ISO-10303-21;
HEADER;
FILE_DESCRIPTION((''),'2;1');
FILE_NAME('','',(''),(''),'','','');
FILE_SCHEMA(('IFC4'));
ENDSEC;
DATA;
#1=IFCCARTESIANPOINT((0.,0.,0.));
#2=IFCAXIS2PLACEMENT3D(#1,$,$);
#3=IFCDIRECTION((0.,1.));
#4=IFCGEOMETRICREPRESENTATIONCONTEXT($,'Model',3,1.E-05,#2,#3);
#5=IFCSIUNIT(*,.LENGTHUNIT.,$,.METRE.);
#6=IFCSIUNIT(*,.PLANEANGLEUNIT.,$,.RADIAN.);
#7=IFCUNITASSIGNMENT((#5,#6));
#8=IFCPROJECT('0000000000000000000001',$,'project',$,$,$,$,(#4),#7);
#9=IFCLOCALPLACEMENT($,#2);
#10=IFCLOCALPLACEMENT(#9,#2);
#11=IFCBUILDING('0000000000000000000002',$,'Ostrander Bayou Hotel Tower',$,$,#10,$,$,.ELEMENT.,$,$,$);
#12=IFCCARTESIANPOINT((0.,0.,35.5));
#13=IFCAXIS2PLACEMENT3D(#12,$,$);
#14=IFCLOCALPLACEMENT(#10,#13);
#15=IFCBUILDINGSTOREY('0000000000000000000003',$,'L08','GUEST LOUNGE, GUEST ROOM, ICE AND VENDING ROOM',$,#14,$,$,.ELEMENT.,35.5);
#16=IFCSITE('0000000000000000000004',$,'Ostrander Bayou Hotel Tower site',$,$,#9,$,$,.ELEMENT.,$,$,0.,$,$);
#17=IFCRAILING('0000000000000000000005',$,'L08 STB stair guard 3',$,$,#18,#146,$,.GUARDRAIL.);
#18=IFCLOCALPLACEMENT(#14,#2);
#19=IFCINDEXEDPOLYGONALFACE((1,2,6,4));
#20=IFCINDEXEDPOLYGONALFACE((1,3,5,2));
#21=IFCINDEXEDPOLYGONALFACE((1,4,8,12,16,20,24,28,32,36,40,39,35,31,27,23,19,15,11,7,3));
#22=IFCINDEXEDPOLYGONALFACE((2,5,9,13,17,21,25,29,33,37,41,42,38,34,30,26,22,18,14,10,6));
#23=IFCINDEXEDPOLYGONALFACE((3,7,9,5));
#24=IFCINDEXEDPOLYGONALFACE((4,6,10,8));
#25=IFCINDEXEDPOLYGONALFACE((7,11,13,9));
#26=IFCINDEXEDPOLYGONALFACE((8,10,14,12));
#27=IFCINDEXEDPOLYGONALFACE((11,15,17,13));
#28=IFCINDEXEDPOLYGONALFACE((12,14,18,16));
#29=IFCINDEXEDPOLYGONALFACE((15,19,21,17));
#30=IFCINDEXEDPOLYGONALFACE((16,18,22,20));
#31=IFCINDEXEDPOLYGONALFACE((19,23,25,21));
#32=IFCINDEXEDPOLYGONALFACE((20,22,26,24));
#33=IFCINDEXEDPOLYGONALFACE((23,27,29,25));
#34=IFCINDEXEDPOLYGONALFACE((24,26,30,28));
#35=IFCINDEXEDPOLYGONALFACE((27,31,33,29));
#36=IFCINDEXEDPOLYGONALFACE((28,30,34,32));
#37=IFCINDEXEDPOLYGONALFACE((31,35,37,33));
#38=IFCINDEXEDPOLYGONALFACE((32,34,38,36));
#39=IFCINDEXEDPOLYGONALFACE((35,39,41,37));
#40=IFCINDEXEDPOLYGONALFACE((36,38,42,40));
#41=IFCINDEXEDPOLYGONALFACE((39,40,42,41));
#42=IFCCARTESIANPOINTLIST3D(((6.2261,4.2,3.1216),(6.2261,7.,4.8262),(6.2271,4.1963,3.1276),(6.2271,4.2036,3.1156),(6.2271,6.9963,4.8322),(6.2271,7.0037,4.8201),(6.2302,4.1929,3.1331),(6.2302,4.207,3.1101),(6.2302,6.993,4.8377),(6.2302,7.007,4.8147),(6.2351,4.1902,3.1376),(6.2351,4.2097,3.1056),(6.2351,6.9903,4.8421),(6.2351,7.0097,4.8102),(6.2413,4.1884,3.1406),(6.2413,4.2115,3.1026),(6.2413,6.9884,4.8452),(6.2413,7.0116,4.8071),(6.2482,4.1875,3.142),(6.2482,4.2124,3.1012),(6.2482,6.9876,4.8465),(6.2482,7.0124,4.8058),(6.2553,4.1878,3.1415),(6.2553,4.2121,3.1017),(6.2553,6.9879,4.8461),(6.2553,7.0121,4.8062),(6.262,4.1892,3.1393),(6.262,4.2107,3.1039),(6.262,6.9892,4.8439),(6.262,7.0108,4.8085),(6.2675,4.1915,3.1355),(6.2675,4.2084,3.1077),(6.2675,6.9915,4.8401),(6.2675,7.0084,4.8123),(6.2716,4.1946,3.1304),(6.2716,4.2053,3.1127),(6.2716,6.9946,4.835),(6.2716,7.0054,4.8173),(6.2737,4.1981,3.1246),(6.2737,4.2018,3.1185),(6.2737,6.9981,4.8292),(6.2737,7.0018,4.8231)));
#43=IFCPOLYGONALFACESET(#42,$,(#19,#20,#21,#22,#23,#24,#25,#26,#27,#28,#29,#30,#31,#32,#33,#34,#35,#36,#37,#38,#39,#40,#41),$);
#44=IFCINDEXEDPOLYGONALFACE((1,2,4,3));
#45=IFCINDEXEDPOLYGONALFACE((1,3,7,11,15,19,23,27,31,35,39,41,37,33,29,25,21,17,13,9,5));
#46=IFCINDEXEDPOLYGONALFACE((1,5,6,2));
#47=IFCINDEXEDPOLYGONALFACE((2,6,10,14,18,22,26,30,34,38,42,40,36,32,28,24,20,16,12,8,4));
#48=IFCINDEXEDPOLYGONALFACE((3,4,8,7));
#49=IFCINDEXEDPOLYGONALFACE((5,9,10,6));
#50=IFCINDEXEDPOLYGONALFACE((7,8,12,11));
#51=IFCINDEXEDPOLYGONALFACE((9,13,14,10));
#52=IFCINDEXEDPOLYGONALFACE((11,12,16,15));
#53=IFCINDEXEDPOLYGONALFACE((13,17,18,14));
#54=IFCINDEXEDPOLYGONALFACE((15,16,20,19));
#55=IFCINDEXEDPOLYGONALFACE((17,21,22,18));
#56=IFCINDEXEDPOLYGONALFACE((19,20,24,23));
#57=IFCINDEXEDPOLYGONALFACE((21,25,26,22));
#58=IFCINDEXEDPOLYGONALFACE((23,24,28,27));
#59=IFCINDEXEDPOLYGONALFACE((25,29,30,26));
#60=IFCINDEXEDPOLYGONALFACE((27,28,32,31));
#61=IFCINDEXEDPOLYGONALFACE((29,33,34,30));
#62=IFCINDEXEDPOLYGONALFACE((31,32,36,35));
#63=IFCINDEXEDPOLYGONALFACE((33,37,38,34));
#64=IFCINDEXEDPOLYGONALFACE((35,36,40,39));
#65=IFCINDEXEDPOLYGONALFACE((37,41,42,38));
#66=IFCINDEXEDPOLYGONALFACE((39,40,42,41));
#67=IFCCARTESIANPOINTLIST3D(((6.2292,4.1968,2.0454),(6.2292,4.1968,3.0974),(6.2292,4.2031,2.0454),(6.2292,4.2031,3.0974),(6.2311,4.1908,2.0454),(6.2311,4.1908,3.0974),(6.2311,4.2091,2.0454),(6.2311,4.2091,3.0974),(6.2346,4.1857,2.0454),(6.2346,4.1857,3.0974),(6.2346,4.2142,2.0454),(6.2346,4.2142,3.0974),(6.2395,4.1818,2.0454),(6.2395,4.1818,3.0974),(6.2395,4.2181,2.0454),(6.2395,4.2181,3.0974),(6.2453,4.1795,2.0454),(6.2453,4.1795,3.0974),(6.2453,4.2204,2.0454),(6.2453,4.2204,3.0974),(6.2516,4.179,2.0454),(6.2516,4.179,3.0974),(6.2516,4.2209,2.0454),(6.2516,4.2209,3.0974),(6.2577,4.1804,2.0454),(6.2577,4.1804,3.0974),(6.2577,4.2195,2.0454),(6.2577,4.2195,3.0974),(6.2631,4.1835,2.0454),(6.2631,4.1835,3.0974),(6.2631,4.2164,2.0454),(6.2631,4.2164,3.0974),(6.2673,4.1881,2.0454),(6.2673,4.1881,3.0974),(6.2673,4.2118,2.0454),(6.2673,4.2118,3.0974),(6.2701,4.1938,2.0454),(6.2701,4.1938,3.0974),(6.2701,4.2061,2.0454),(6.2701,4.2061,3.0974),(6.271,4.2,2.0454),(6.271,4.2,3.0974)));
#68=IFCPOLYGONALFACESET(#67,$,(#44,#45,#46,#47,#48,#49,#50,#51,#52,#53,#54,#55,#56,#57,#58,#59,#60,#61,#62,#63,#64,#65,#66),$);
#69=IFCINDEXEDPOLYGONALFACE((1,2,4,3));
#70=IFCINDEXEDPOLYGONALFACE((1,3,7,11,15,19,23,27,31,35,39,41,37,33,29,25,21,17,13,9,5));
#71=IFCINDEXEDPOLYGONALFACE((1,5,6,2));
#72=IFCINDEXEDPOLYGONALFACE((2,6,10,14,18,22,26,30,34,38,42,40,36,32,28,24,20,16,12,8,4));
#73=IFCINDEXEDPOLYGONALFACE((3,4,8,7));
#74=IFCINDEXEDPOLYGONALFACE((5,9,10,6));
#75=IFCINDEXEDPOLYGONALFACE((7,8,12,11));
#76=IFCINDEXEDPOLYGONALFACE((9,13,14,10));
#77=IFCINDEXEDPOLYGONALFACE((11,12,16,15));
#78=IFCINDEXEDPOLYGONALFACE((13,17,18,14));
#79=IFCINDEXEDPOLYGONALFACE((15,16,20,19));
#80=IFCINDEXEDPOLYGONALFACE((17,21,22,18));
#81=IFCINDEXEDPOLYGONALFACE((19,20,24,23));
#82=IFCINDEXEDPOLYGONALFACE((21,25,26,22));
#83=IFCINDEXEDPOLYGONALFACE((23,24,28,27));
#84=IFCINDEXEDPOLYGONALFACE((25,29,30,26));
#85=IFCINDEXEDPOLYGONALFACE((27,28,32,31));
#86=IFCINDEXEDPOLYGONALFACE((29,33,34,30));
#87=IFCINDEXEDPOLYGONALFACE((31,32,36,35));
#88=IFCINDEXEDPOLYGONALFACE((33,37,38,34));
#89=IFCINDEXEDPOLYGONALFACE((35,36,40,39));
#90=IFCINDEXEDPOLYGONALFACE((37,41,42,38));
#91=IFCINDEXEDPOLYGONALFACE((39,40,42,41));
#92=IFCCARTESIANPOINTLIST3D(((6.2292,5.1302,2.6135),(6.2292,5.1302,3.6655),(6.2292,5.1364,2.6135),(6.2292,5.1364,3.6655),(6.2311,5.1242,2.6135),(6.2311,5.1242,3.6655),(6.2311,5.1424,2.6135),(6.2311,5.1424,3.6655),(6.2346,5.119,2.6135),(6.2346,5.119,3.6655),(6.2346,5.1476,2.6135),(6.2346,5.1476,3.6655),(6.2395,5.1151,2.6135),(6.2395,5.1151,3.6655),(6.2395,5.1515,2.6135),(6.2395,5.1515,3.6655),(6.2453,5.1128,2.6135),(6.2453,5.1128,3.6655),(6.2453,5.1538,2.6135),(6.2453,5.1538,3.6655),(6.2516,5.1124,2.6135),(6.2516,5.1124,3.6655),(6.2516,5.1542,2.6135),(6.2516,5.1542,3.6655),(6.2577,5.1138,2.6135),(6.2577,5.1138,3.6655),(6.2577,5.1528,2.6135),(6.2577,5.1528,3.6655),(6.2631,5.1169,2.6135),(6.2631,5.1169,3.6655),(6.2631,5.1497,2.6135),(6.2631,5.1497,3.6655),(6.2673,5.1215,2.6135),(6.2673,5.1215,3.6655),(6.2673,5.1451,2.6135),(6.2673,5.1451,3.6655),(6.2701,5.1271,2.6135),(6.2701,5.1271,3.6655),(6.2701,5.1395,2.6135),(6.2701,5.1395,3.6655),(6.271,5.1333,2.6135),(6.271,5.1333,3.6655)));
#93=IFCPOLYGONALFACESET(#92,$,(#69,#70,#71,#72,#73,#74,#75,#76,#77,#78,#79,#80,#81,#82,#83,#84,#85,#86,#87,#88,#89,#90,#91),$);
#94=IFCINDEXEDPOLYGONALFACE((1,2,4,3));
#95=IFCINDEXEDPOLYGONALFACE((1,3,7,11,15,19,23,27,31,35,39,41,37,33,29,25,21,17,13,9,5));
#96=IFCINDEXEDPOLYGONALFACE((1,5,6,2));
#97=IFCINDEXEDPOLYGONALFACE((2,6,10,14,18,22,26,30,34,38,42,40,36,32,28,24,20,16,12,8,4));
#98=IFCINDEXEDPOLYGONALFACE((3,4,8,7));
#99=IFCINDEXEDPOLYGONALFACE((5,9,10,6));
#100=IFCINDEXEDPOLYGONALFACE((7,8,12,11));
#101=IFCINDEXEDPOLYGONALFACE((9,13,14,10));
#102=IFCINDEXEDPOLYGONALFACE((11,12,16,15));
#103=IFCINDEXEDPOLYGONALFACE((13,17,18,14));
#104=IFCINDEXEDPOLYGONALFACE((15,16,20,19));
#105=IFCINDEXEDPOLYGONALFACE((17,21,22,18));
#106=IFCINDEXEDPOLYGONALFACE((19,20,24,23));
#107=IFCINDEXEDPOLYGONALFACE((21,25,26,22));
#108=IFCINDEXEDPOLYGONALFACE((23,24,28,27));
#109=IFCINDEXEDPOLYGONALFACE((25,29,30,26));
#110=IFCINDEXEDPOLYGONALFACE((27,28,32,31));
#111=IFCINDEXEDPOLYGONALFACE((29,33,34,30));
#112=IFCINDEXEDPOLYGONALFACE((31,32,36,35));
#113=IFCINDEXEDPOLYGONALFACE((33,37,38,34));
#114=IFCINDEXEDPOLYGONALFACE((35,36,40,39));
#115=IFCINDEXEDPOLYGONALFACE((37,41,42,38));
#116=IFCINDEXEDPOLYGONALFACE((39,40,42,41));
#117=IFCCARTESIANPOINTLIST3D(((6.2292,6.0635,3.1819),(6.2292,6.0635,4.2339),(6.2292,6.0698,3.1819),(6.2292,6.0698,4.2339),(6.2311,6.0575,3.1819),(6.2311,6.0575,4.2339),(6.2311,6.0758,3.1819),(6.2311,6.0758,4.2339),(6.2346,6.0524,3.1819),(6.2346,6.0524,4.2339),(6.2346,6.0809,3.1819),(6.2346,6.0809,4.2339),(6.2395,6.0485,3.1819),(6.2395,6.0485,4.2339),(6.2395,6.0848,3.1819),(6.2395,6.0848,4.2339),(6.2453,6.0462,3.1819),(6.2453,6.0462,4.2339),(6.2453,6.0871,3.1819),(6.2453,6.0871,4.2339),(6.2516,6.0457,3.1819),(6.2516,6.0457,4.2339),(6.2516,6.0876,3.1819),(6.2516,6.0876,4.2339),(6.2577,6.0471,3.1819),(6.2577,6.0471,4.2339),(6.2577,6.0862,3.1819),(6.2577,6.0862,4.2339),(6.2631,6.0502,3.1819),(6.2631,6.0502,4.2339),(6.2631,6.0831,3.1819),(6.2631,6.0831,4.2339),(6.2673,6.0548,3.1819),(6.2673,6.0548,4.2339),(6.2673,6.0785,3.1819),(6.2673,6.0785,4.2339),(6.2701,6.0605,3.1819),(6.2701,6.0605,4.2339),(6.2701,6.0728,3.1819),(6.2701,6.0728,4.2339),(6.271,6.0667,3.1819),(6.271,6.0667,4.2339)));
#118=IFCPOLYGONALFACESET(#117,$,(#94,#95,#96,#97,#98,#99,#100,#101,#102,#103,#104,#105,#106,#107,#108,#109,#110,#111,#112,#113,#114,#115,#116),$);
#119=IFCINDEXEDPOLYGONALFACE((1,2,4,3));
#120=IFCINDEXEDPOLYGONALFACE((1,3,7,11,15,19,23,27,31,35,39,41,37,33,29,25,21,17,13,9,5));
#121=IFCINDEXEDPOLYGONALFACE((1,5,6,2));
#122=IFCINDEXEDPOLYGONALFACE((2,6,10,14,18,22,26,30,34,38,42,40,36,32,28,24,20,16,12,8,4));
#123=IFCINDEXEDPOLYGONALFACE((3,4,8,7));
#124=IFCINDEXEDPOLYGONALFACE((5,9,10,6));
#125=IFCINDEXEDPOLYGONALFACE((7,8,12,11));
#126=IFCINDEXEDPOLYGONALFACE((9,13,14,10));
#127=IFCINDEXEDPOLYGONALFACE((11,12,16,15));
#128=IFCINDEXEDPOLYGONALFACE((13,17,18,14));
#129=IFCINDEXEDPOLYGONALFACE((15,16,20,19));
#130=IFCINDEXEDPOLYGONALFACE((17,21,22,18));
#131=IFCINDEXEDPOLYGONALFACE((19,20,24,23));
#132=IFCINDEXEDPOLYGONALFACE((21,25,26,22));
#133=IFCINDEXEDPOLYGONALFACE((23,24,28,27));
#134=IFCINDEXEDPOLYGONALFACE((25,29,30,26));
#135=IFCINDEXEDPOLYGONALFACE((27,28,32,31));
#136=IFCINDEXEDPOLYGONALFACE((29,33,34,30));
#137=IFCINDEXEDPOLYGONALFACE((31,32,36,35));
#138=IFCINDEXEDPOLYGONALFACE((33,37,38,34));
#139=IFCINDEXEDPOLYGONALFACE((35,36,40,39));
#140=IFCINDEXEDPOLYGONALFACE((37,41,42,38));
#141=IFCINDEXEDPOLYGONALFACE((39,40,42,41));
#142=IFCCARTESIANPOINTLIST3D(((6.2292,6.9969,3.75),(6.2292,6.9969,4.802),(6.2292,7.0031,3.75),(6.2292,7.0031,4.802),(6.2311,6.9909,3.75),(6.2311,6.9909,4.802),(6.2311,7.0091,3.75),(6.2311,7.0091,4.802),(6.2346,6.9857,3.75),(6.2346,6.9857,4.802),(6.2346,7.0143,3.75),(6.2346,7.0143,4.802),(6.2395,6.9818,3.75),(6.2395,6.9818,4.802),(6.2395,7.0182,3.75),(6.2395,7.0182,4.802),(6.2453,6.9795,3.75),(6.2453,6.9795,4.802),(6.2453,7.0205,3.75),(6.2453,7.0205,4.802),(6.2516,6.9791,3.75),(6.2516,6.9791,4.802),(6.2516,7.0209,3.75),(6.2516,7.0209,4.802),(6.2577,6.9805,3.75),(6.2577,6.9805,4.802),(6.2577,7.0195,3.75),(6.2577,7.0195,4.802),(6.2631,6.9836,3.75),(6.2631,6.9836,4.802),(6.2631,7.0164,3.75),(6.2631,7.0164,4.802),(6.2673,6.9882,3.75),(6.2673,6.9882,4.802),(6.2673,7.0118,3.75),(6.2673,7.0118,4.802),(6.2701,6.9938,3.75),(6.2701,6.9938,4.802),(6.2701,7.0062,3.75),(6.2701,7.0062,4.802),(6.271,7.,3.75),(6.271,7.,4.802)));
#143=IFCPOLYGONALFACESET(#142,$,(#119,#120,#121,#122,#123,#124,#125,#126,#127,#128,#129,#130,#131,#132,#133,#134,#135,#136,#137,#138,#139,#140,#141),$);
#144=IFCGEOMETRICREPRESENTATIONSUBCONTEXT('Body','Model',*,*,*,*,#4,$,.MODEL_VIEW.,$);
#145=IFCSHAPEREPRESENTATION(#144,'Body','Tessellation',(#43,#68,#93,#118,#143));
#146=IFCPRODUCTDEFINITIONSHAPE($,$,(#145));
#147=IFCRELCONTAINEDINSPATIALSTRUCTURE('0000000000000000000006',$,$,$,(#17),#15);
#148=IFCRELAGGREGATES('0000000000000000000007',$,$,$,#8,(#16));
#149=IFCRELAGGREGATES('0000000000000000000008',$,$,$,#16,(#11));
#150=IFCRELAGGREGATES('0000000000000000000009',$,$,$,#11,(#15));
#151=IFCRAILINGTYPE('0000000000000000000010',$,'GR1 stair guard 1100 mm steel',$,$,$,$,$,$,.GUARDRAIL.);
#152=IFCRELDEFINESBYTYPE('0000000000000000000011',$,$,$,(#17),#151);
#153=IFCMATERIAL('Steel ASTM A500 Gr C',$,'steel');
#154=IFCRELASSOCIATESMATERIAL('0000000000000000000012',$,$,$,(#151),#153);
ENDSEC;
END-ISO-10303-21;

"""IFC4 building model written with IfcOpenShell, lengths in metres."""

from ifc_helpers import new_model, si_unit, direction, frame, origin, origin_2d, place, context, subcontext, project, spatial, circle, extrude, material, type_object, element, save


model = new_model("IFC4")

# Units and contexts
model_context = context("Model", 3, precision=1e-05, world=origin(), true_north=direction((0.0, 1.0)))
body_context = subcontext(model_context, "Body", "Model", "MODEL_VIEW")
ifc_project = project(units=[si_unit("LENGTHUNIT", "METRE"), si_unit("PLANEANGLEUNIT", "RADIAN")], contexts=[model_context])

# Site, building, storey
site_placement = place(None, origin())
site = spatial("IfcSite", under=ifc_project, at=site_placement, Name="Ostrander Bayou Hotel Tower site", CompositionType="ELEMENT", RefElevation=0.0)
building_placement = place(site_placement, origin())
building = spatial("IfcBuilding", under=site, at=building_placement, Name="Ostrander Bayou Hotel Tower", CompositionType="ELEMENT")
storey_placement = place(building_placement, frame((0.0, 0.0, 35.5)))
storey = spatial("IfcBuildingStorey", under=building, at=storey_placement, Name="L08", Description="GUEST LOUNGE, GUEST ROOM, ICE AND VENDING ROOM", CompositionType="ELEMENT", Elevation=35.5)

# Railing
ifc_material_1 = material(Name="Steel ASTM A500 Gr C", Category="steel")
railing_type_1 = type_object("IfcRailingType", Name="GR1 stair guard 1100 mm steel", PredefinedType="GUARDRAIL", material=ifc_material_1)
railing_1_placement = place(storey_placement, frame((6.25, 4.2, 2.0454)))
element("IfcRailing", 1, at=railing_1_placement, inside=storey, type_object=railing_type_1, Name="L08 STB stair guard 3", PredefinedType="GUARDRAIL", context=body_context, shape_type="SweptSolid", body=[
    extrude(circle(Radius=0.0239, at=origin_2d()), frame((0.0, 0.0, 1.0762), z_axis=(0.0, 0.85417, 0.519994), x_axis=(-1.0, 0.0, 0.0)), (0.0, 0.0, 1.0), 3.2781),
    extrude(circle(Radius=0.021, at=origin_2d()), origin(), (0.0, 0.0, 1.0), 1.052),
    extrude(circle(Radius=0.021, at=origin_2d()), frame((0.0, 0.9333, 0.5681)), (0.0, 0.0, 1.0), 1.052),
    extrude(circle(Radius=0.021, at=origin_2d()), frame((0.0, 1.8667, 1.1365)), (0.0, 0.0, 1.0), 1.052),
    extrude(circle(Radius=0.021, at=origin_2d()), frame((0.0, 2.8, 1.7046)), (0.0, 0.0, 1.0), 1.052),
])

save(model, "model.ifc")
